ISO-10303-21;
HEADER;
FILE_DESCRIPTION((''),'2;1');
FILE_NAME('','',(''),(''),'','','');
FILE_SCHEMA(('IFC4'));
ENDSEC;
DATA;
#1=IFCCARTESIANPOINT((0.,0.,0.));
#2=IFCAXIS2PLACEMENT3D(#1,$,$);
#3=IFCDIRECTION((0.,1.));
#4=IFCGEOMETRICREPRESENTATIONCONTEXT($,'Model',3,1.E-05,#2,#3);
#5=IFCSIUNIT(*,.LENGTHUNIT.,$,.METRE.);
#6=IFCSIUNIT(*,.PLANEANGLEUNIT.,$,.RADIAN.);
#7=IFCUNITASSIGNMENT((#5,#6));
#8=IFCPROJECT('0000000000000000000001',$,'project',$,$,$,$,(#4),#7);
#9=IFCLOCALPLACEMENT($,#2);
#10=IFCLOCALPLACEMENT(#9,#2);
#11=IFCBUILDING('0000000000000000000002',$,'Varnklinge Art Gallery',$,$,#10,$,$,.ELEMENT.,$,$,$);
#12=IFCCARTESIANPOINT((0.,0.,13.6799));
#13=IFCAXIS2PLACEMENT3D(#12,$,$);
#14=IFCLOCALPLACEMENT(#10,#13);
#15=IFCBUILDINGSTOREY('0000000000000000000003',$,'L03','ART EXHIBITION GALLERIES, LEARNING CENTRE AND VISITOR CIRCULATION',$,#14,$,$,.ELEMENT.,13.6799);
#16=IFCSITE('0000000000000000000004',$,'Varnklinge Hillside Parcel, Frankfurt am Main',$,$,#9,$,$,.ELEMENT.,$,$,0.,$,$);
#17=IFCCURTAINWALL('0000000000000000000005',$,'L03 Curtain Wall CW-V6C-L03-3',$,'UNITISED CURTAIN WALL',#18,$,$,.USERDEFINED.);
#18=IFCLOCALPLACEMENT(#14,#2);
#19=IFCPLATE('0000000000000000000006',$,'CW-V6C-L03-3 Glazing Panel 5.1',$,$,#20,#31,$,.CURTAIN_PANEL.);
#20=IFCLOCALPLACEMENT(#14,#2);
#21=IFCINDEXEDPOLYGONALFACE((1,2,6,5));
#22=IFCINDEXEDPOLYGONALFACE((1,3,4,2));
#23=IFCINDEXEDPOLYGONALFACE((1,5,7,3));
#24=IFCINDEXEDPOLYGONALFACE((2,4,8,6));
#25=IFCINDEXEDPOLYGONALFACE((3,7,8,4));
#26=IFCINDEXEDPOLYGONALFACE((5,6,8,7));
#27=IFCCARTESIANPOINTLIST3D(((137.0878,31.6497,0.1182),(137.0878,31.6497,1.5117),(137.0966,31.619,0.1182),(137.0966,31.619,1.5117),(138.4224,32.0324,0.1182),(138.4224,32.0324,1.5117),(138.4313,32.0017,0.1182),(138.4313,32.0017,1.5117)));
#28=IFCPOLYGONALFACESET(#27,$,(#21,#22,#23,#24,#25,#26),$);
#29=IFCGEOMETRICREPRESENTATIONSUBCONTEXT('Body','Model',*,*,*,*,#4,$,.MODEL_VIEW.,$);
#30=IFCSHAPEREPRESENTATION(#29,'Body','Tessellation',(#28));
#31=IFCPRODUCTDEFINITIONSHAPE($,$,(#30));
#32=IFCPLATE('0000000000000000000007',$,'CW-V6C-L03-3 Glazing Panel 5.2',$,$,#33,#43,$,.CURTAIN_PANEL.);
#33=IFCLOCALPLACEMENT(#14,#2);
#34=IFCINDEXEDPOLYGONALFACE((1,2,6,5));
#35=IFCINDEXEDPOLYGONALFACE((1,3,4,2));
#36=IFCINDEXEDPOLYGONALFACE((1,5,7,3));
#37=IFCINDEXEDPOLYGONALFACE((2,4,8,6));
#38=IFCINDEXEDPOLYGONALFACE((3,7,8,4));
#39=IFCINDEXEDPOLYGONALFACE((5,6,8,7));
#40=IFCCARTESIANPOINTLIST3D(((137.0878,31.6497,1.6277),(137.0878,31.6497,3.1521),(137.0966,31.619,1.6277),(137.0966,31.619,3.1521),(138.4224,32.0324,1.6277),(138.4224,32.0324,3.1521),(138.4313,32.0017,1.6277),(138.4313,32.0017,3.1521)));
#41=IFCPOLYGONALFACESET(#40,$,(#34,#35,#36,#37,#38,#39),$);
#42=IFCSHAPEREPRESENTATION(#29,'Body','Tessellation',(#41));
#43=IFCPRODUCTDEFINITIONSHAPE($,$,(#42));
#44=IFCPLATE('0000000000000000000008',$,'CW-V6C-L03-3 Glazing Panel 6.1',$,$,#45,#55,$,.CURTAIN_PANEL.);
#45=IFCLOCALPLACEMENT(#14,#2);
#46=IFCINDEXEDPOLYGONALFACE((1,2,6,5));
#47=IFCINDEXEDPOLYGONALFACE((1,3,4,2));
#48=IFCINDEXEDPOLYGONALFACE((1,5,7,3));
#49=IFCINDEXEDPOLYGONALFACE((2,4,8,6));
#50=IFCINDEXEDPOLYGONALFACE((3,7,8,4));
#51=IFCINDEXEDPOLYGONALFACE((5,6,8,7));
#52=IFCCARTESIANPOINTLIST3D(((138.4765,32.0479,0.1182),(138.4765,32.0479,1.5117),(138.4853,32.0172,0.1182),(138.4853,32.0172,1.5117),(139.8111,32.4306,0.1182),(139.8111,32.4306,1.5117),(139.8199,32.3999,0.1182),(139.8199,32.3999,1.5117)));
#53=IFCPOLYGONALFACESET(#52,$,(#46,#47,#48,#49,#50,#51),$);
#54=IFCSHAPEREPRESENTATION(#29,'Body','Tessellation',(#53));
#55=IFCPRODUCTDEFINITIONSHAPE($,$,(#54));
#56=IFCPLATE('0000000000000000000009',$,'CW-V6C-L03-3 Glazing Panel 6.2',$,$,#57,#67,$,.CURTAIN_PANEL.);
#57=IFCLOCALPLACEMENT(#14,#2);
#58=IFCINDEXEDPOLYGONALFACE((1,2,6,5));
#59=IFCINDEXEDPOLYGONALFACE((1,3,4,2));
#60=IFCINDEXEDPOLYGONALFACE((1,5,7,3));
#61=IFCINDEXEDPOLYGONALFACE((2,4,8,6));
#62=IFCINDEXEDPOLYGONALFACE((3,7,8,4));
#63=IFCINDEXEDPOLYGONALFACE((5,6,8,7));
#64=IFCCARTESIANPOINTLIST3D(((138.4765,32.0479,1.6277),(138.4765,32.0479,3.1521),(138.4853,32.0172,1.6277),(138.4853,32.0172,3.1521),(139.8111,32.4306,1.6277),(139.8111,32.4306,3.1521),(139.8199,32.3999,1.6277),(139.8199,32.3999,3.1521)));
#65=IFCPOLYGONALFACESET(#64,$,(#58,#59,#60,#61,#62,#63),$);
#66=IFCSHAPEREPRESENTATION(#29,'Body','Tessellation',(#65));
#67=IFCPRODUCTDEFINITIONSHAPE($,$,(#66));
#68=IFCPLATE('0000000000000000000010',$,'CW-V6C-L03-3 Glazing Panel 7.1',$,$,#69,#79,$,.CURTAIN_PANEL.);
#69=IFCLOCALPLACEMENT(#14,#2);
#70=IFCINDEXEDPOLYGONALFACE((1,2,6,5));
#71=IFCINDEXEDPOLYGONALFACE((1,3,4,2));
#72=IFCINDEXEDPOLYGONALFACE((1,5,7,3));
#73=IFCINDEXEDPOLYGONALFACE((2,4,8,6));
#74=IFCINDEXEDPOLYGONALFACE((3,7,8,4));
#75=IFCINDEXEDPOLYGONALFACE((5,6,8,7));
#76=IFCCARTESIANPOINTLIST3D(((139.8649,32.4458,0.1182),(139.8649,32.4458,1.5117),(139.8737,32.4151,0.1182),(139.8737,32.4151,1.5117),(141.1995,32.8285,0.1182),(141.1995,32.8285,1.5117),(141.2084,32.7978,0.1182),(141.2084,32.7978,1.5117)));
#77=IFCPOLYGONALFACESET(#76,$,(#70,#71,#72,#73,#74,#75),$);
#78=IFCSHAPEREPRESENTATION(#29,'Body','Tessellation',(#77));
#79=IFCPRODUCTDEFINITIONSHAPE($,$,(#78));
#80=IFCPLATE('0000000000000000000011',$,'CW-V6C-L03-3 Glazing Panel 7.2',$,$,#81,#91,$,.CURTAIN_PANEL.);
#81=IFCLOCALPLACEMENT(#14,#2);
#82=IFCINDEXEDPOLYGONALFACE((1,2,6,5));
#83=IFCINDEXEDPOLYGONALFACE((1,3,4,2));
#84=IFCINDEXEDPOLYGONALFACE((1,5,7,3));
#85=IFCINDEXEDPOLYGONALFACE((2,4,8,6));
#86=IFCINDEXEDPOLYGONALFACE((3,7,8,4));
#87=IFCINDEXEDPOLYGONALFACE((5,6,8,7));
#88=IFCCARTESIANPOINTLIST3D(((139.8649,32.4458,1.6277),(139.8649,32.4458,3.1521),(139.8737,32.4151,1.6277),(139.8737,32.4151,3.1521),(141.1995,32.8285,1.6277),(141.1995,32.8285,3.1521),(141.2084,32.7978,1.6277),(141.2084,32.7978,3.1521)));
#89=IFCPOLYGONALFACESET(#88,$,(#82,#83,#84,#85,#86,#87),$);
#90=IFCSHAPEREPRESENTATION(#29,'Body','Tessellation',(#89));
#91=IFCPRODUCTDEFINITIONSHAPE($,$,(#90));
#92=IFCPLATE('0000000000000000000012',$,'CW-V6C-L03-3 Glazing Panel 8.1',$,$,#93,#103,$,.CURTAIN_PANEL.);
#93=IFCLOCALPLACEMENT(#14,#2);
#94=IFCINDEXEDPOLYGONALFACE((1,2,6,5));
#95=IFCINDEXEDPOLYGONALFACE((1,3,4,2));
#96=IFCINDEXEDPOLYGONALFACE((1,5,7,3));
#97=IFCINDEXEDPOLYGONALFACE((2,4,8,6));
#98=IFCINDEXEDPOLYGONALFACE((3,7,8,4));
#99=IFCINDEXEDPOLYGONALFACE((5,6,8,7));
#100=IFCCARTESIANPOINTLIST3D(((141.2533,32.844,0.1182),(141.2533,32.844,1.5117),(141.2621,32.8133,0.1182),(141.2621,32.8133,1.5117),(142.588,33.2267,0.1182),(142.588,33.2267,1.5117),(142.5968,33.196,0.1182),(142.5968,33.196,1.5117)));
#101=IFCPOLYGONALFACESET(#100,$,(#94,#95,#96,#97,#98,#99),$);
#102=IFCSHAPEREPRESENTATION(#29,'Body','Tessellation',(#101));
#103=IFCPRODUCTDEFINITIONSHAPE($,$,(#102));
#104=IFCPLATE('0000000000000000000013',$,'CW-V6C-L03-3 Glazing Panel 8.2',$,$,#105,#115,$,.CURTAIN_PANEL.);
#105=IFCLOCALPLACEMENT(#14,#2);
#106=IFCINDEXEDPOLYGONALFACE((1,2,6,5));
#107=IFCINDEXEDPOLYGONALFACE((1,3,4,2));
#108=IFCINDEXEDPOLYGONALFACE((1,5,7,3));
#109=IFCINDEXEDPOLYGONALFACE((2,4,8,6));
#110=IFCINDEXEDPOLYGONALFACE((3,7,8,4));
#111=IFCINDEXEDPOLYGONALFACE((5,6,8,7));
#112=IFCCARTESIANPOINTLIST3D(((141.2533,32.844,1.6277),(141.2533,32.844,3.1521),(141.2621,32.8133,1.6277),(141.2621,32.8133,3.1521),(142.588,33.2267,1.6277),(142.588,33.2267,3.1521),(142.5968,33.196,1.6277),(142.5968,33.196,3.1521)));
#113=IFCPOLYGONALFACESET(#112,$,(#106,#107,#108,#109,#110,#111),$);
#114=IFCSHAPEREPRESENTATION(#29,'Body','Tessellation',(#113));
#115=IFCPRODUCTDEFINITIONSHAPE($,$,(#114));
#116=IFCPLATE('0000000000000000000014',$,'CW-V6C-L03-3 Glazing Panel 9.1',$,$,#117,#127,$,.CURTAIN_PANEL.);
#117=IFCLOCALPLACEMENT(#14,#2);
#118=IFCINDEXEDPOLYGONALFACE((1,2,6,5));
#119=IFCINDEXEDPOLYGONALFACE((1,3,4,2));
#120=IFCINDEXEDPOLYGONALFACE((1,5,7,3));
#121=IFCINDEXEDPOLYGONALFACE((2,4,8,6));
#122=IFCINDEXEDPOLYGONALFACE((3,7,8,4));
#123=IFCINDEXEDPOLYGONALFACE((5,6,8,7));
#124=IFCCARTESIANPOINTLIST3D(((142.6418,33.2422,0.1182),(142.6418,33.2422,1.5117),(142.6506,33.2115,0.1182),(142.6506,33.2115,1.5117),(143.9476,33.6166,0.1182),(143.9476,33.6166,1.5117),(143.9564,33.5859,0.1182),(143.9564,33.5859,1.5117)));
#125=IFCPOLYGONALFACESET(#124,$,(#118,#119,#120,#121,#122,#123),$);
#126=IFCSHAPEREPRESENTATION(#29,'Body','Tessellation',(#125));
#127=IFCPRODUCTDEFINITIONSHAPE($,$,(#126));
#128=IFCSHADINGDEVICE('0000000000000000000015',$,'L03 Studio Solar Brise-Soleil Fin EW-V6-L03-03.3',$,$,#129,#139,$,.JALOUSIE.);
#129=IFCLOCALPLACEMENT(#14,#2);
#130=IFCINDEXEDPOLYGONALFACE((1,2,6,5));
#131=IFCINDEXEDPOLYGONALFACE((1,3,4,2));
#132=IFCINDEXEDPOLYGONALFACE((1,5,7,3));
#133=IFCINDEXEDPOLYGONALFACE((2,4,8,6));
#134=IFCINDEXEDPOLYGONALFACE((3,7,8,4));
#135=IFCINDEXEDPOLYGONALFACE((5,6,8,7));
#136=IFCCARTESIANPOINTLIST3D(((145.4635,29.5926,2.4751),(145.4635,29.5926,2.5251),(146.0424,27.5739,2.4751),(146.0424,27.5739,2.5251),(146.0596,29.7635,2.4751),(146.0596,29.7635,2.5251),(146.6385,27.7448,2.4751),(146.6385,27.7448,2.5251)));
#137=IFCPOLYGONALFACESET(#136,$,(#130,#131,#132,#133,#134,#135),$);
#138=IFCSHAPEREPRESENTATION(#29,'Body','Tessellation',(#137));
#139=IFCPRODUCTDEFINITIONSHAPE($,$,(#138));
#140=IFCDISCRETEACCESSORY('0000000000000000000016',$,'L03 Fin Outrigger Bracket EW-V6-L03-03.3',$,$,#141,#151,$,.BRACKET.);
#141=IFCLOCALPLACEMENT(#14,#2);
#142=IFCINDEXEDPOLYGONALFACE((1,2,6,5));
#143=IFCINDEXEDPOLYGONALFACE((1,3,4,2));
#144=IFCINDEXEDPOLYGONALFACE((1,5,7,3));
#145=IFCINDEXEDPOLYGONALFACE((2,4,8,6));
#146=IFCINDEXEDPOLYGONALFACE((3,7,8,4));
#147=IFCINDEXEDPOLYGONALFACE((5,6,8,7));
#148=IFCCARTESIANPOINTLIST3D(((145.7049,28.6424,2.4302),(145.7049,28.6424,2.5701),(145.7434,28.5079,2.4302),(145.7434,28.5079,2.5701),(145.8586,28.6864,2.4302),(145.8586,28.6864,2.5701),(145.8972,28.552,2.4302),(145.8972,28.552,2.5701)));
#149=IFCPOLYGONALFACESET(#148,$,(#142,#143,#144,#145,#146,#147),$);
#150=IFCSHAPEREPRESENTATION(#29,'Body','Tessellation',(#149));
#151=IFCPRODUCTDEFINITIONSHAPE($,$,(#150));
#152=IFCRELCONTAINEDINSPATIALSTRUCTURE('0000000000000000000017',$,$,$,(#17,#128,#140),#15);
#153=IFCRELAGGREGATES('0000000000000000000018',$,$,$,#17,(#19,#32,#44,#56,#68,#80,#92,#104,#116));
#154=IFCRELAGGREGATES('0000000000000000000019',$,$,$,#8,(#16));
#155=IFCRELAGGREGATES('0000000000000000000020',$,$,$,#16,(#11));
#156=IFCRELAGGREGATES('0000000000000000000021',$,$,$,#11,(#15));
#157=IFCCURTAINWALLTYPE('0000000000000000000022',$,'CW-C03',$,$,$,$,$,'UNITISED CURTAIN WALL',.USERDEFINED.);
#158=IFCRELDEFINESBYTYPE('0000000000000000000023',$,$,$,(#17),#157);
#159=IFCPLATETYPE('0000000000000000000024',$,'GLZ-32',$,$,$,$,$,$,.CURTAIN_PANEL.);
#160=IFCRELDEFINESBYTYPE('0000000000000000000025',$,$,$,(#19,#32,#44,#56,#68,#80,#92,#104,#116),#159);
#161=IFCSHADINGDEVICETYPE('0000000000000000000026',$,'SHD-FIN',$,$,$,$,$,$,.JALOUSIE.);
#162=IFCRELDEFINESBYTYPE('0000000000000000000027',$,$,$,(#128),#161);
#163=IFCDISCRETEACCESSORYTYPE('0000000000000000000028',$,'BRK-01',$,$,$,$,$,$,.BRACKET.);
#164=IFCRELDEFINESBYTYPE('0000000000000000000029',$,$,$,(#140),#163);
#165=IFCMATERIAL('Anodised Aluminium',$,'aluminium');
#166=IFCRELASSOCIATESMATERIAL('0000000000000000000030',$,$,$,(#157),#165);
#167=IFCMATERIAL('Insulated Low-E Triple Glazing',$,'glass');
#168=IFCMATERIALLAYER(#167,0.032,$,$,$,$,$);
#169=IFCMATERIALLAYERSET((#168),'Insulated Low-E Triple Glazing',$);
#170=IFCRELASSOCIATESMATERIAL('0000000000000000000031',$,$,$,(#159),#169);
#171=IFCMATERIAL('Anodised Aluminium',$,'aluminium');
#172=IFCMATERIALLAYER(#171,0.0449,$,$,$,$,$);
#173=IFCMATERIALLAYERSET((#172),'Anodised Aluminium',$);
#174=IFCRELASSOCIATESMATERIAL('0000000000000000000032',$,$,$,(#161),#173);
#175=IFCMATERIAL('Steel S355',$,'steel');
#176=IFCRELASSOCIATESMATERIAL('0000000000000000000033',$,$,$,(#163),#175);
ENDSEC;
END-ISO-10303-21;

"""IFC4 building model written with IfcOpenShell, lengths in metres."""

from ifc_helpers import new_model, si_unit, direction, frame, origin, origin_2d, place, context, subcontext, project, spatial, rectangle, extrude, material, layer, layer_set, type_object, element, aggregate, save


model = new_model("IFC4")

# Units and contexts
model_context = context("Model", 3, precision=1e-05, world=origin(), true_north=direction((0.0, 1.0)))
body_context = subcontext(model_context, "Body", "Model", "MODEL_VIEW")
ifc_project = project(units=[si_unit("LENGTHUNIT", "METRE"), si_unit("PLANEANGLEUNIT", "RADIAN")], contexts=[model_context])

# Site, building, storey
site_placement = place(None, origin())
site = spatial("IfcSite", under=ifc_project, at=site_placement, Name="Varnklinge Hillside Parcel, Frankfurt am Main", CompositionType="ELEMENT", RefElevation=0.0)
building_placement = place(site_placement, origin())
building = spatial("IfcBuilding", under=site, at=building_placement, Name="Varnklinge Art Gallery", CompositionType="ELEMENT")
storey_placement = place(building_placement, frame((0.0, 0.0, 13.6799)))
storey = spatial("IfcBuildingStorey", under=building, at=storey_placement, Name="L03", Description="ART EXHIBITION GALLERIES, LEARNING CENTRE AND VISITOR CIRCULATION", CompositionType="ELEMENT", Elevation=13.6799)

# Curtain wall
ifc_material_1 = material(Name="Anodised Aluminium", Category="aluminium")
curtain_wall_type = type_object("IfcCurtainWallType", Name="CW-C03", ElementType="UNITISED CURTAIN WALL", PredefinedType="USERDEFINED", material=ifc_material_1)
curtain_wall_1_placement = place(storey_placement, origin())
curtain_wall_1 = element("IfcCurtainWall", 1, at=curtain_wall_1_placement, inside=storey, type_object=curtain_wall_type, Name="L03 Curtain Wall CW-V6C-L03-3", ObjectType="UNITISED CURTAIN WALL", PredefinedType="USERDEFINED")

# Plates
ifc_material_2 = material(Name="Insulated Low-E Triple Glazing", Category="glass")
ifc_layer_1 = layer(ifc_material_2, 0.032)
ifc_layer_set_1 = layer_set([ifc_layer_1], Name="Insulated Low-E Triple Glazing")
plate_type = type_object("IfcPlateType", Name="GLZ-32", PredefinedType="CURTAIN_PANEL", material=ifc_layer_set_1)
plate_1_placement = place(storey_placement, frame((137.7595, 31.8257, 0.1182), z_axis=(0.0, 0.0, 1.0), x_axis=(0.961262, 0.275637, 0.0)))
plate_1 = element("IfcPlate", 2, at=plate_1_placement, type_object=plate_type, Name="CW-V6C-L03-3 Glazing Panel 5.1", PredefinedType="CURTAIN_PANEL", context=body_context, shape_type="SweptSolid", body=[
    extrude(rectangle(XDim=1.3884, YDim=0.032, at=origin_2d()), origin(), (0.0, 0.0, 1.0), 1.3936),
])
plate_2_placement = place(storey_placement, frame((137.7595, 31.8257, 1.6277), z_axis=(0.0, 0.0, 1.0), x_axis=(0.961262, 0.275637, 0.0)))
plate_2 = element("IfcPlate", 3, at=plate_2_placement, type_object=plate_type, Name="CW-V6C-L03-3 Glazing Panel 5.2", PredefinedType="CURTAIN_PANEL", context=body_context, shape_type="SweptSolid", body=[
    extrude(rectangle(XDim=1.3884, YDim=0.032, at=origin_2d()), origin(), (0.0, 0.0, 1.0), 1.5244),
])
plate_3_placement = place(storey_placement, frame((139.1482, 32.2239, 0.1182), z_axis=(0.0, 0.0, 1.0), x_axis=(0.961262, 0.275637, 0.0)))
plate_3 = element("IfcPlate", 4, at=plate_3_placement, type_object=plate_type, Name="CW-V6C-L03-3 Glazing Panel 6.1", PredefinedType="CURTAIN_PANEL", context=body_context, shape_type="SweptSolid", body=[
    extrude(rectangle(XDim=1.3884, YDim=0.032, at=origin_2d()), origin(), (0.0, 0.0, 1.0), 1.3936),
])
plate_4_placement = place(storey_placement, frame((139.1482, 32.2239, 1.6277), z_axis=(0.0, 0.0, 1.0), x_axis=(0.961262, 0.275637, 0.0)))
plate_4 = element("IfcPlate", 5, at=plate_4_placement, type_object=plate_type, Name="CW-V6C-L03-3 Glazing Panel 6.2", PredefinedType="CURTAIN_PANEL", context=body_context, shape_type="SweptSolid", body=[
    extrude(rectangle(XDim=1.3884, YDim=0.032, at=origin_2d()), origin(), (0.0, 0.0, 1.0), 1.5244),
])
plate_5_placement = place(storey_placement, frame((140.5366, 32.6218, 0.1182), z_axis=(0.0, 0.0, 1.0), x_axis=(0.961262, 0.275637, 0.0)))
plate_5 = element("IfcPlate", 6, at=plate_5_placement, type_object=plate_type, Name="CW-V6C-L03-3 Glazing Panel 7.1", PredefinedType="CURTAIN_PANEL", context=body_context, shape_type="SweptSolid", body=[
    extrude(rectangle(XDim=1.3884, YDim=0.032, at=origin_2d()), origin(), (0.0, 0.0, 1.0), 1.3936),
])
plate_6_placement = place(storey_placement, frame((140.5366, 32.6218, 1.6277), z_axis=(0.0, 0.0, 1.0), x_axis=(0.961262, 0.275637, 0.0)))
plate_6 = element("IfcPlate", 7, at=plate_6_placement, type_object=plate_type, Name="CW-V6C-L03-3 Glazing Panel 7.2", PredefinedType="CURTAIN_PANEL", context=body_context, shape_type="SweptSolid", body=[
    extrude(rectangle(XDim=1.3884, YDim=0.032, at=origin_2d()), origin(), (0.0, 0.0, 1.0), 1.5244),
])
plate_7_placement = place(storey_placement, frame((141.925, 33.02, 0.1182), z_axis=(0.0, 0.0, 1.0), x_axis=(0.961262, 0.275637, 0.0)))
plate_7 = element("IfcPlate", 8, at=plate_7_placement, type_object=plate_type, Name="CW-V6C-L03-3 Glazing Panel 8.1", PredefinedType="CURTAIN_PANEL", context=body_context, shape_type="SweptSolid", body=[
    extrude(rectangle(XDim=1.3884, YDim=0.032, at=origin_2d()), origin(), (0.0, 0.0, 1.0), 1.3936),
])
plate_8_placement = place(storey_placement, frame((141.925, 33.02, 1.6277), z_axis=(0.0, 0.0, 1.0), x_axis=(0.961262, 0.275637, 0.0)))
plate_8 = element("IfcPlate", 9, at=plate_8_placement, type_object=plate_type, Name="CW-V6C-L03-3 Glazing Panel 8.2", PredefinedType="CURTAIN_PANEL", context=body_context, shape_type="SweptSolid", body=[
    extrude(rectangle(XDim=1.3884, YDim=0.032, at=origin_2d()), origin(), (0.0, 0.0, 1.0), 1.5244),
])
plate_9_placement = place(storey_placement, frame((143.2991, 33.4141, 0.1182), z_axis=(0.0, 0.0, 1.0), x_axis=(0.961262, 0.275637, 0.0)))
plate_9 = element("IfcPlate", 10, at=plate_9_placement, type_object=plate_type, Name="CW-V6C-L03-3 Glazing Panel 9.1", PredefinedType="CURTAIN_PANEL", context=body_context, shape_type="SweptSolid", body=[
    extrude(rectangle(XDim=1.3584, YDim=0.032, at=origin_2d()), origin(), (0.0, 0.0, 1.0), 1.3936),
])
aggregate(curtain_wall_1, [plate_1, plate_2, plate_3, plate_4, plate_5, plate_6, plate_7, plate_8, plate_9])

# Shading device
ifc_material_3 = material(Name="Anodised Aluminium", Category="aluminium")
ifc_layer_2 = layer(ifc_material_3, 0.0449)
ifc_layer_set_2 = layer_set([ifc_layer_2], Name="Anodised Aluminium")
shading_device_type = type_object("IfcShadingDeviceType", Name="SHD-FIN", PredefinedType="JALOUSIE", material=ifc_layer_set_2)
shading_device_placement = place(storey_placement, frame((146.051, 28.6687, 2.4751), z_axis=(0.0, 0.0, 1.0), x_axis=(0.275637, -0.961262, 0.0)))
element("IfcShadingDevice", 11, at=shading_device_placement, inside=storey, type_object=shading_device_type, Name="L03 Studio Solar Brise-Soleil Fin EW-V6-L03-03.3", PredefinedType="JALOUSIE", context=body_context, shape_type="SweptSolid", body=[
    extrude(rectangle(XDim=2.1001, YDim=0.6201, at=origin_2d()), origin(), (0.0, 0.0, 1.0), 0.05),
])

# Discrete accessory
ifc_material_4 = material(Name="Steel S355", Category="steel")
discrete_accessory_type = type_object("IfcDiscreteAccessoryType", Name="BRK-01", PredefinedType="BRACKET", material=ifc_material_4)
discrete_accessory_placement = place(storey_placement, frame((145.801, 28.5972, 2.4302), z_axis=(0.0, 0.0, 1.0), x_axis=(0.275637, -0.961262, 0.0)))
element("IfcDiscreteAccessory", 12, at=discrete_accessory_placement, inside=storey, type_object=discrete_accessory_type, Name="L03 Fin Outrigger Bracket EW-V6-L03-03.3", PredefinedType="BRACKET", context=body_context, shape_type="SweptSolid", body=[
    extrude(rectangle(XDim=0.1399, YDim=0.1599, at=origin_2d()), origin(), (0.0, 0.0, 1.0), 0.1399),
])

save(model, "model.ifc")
